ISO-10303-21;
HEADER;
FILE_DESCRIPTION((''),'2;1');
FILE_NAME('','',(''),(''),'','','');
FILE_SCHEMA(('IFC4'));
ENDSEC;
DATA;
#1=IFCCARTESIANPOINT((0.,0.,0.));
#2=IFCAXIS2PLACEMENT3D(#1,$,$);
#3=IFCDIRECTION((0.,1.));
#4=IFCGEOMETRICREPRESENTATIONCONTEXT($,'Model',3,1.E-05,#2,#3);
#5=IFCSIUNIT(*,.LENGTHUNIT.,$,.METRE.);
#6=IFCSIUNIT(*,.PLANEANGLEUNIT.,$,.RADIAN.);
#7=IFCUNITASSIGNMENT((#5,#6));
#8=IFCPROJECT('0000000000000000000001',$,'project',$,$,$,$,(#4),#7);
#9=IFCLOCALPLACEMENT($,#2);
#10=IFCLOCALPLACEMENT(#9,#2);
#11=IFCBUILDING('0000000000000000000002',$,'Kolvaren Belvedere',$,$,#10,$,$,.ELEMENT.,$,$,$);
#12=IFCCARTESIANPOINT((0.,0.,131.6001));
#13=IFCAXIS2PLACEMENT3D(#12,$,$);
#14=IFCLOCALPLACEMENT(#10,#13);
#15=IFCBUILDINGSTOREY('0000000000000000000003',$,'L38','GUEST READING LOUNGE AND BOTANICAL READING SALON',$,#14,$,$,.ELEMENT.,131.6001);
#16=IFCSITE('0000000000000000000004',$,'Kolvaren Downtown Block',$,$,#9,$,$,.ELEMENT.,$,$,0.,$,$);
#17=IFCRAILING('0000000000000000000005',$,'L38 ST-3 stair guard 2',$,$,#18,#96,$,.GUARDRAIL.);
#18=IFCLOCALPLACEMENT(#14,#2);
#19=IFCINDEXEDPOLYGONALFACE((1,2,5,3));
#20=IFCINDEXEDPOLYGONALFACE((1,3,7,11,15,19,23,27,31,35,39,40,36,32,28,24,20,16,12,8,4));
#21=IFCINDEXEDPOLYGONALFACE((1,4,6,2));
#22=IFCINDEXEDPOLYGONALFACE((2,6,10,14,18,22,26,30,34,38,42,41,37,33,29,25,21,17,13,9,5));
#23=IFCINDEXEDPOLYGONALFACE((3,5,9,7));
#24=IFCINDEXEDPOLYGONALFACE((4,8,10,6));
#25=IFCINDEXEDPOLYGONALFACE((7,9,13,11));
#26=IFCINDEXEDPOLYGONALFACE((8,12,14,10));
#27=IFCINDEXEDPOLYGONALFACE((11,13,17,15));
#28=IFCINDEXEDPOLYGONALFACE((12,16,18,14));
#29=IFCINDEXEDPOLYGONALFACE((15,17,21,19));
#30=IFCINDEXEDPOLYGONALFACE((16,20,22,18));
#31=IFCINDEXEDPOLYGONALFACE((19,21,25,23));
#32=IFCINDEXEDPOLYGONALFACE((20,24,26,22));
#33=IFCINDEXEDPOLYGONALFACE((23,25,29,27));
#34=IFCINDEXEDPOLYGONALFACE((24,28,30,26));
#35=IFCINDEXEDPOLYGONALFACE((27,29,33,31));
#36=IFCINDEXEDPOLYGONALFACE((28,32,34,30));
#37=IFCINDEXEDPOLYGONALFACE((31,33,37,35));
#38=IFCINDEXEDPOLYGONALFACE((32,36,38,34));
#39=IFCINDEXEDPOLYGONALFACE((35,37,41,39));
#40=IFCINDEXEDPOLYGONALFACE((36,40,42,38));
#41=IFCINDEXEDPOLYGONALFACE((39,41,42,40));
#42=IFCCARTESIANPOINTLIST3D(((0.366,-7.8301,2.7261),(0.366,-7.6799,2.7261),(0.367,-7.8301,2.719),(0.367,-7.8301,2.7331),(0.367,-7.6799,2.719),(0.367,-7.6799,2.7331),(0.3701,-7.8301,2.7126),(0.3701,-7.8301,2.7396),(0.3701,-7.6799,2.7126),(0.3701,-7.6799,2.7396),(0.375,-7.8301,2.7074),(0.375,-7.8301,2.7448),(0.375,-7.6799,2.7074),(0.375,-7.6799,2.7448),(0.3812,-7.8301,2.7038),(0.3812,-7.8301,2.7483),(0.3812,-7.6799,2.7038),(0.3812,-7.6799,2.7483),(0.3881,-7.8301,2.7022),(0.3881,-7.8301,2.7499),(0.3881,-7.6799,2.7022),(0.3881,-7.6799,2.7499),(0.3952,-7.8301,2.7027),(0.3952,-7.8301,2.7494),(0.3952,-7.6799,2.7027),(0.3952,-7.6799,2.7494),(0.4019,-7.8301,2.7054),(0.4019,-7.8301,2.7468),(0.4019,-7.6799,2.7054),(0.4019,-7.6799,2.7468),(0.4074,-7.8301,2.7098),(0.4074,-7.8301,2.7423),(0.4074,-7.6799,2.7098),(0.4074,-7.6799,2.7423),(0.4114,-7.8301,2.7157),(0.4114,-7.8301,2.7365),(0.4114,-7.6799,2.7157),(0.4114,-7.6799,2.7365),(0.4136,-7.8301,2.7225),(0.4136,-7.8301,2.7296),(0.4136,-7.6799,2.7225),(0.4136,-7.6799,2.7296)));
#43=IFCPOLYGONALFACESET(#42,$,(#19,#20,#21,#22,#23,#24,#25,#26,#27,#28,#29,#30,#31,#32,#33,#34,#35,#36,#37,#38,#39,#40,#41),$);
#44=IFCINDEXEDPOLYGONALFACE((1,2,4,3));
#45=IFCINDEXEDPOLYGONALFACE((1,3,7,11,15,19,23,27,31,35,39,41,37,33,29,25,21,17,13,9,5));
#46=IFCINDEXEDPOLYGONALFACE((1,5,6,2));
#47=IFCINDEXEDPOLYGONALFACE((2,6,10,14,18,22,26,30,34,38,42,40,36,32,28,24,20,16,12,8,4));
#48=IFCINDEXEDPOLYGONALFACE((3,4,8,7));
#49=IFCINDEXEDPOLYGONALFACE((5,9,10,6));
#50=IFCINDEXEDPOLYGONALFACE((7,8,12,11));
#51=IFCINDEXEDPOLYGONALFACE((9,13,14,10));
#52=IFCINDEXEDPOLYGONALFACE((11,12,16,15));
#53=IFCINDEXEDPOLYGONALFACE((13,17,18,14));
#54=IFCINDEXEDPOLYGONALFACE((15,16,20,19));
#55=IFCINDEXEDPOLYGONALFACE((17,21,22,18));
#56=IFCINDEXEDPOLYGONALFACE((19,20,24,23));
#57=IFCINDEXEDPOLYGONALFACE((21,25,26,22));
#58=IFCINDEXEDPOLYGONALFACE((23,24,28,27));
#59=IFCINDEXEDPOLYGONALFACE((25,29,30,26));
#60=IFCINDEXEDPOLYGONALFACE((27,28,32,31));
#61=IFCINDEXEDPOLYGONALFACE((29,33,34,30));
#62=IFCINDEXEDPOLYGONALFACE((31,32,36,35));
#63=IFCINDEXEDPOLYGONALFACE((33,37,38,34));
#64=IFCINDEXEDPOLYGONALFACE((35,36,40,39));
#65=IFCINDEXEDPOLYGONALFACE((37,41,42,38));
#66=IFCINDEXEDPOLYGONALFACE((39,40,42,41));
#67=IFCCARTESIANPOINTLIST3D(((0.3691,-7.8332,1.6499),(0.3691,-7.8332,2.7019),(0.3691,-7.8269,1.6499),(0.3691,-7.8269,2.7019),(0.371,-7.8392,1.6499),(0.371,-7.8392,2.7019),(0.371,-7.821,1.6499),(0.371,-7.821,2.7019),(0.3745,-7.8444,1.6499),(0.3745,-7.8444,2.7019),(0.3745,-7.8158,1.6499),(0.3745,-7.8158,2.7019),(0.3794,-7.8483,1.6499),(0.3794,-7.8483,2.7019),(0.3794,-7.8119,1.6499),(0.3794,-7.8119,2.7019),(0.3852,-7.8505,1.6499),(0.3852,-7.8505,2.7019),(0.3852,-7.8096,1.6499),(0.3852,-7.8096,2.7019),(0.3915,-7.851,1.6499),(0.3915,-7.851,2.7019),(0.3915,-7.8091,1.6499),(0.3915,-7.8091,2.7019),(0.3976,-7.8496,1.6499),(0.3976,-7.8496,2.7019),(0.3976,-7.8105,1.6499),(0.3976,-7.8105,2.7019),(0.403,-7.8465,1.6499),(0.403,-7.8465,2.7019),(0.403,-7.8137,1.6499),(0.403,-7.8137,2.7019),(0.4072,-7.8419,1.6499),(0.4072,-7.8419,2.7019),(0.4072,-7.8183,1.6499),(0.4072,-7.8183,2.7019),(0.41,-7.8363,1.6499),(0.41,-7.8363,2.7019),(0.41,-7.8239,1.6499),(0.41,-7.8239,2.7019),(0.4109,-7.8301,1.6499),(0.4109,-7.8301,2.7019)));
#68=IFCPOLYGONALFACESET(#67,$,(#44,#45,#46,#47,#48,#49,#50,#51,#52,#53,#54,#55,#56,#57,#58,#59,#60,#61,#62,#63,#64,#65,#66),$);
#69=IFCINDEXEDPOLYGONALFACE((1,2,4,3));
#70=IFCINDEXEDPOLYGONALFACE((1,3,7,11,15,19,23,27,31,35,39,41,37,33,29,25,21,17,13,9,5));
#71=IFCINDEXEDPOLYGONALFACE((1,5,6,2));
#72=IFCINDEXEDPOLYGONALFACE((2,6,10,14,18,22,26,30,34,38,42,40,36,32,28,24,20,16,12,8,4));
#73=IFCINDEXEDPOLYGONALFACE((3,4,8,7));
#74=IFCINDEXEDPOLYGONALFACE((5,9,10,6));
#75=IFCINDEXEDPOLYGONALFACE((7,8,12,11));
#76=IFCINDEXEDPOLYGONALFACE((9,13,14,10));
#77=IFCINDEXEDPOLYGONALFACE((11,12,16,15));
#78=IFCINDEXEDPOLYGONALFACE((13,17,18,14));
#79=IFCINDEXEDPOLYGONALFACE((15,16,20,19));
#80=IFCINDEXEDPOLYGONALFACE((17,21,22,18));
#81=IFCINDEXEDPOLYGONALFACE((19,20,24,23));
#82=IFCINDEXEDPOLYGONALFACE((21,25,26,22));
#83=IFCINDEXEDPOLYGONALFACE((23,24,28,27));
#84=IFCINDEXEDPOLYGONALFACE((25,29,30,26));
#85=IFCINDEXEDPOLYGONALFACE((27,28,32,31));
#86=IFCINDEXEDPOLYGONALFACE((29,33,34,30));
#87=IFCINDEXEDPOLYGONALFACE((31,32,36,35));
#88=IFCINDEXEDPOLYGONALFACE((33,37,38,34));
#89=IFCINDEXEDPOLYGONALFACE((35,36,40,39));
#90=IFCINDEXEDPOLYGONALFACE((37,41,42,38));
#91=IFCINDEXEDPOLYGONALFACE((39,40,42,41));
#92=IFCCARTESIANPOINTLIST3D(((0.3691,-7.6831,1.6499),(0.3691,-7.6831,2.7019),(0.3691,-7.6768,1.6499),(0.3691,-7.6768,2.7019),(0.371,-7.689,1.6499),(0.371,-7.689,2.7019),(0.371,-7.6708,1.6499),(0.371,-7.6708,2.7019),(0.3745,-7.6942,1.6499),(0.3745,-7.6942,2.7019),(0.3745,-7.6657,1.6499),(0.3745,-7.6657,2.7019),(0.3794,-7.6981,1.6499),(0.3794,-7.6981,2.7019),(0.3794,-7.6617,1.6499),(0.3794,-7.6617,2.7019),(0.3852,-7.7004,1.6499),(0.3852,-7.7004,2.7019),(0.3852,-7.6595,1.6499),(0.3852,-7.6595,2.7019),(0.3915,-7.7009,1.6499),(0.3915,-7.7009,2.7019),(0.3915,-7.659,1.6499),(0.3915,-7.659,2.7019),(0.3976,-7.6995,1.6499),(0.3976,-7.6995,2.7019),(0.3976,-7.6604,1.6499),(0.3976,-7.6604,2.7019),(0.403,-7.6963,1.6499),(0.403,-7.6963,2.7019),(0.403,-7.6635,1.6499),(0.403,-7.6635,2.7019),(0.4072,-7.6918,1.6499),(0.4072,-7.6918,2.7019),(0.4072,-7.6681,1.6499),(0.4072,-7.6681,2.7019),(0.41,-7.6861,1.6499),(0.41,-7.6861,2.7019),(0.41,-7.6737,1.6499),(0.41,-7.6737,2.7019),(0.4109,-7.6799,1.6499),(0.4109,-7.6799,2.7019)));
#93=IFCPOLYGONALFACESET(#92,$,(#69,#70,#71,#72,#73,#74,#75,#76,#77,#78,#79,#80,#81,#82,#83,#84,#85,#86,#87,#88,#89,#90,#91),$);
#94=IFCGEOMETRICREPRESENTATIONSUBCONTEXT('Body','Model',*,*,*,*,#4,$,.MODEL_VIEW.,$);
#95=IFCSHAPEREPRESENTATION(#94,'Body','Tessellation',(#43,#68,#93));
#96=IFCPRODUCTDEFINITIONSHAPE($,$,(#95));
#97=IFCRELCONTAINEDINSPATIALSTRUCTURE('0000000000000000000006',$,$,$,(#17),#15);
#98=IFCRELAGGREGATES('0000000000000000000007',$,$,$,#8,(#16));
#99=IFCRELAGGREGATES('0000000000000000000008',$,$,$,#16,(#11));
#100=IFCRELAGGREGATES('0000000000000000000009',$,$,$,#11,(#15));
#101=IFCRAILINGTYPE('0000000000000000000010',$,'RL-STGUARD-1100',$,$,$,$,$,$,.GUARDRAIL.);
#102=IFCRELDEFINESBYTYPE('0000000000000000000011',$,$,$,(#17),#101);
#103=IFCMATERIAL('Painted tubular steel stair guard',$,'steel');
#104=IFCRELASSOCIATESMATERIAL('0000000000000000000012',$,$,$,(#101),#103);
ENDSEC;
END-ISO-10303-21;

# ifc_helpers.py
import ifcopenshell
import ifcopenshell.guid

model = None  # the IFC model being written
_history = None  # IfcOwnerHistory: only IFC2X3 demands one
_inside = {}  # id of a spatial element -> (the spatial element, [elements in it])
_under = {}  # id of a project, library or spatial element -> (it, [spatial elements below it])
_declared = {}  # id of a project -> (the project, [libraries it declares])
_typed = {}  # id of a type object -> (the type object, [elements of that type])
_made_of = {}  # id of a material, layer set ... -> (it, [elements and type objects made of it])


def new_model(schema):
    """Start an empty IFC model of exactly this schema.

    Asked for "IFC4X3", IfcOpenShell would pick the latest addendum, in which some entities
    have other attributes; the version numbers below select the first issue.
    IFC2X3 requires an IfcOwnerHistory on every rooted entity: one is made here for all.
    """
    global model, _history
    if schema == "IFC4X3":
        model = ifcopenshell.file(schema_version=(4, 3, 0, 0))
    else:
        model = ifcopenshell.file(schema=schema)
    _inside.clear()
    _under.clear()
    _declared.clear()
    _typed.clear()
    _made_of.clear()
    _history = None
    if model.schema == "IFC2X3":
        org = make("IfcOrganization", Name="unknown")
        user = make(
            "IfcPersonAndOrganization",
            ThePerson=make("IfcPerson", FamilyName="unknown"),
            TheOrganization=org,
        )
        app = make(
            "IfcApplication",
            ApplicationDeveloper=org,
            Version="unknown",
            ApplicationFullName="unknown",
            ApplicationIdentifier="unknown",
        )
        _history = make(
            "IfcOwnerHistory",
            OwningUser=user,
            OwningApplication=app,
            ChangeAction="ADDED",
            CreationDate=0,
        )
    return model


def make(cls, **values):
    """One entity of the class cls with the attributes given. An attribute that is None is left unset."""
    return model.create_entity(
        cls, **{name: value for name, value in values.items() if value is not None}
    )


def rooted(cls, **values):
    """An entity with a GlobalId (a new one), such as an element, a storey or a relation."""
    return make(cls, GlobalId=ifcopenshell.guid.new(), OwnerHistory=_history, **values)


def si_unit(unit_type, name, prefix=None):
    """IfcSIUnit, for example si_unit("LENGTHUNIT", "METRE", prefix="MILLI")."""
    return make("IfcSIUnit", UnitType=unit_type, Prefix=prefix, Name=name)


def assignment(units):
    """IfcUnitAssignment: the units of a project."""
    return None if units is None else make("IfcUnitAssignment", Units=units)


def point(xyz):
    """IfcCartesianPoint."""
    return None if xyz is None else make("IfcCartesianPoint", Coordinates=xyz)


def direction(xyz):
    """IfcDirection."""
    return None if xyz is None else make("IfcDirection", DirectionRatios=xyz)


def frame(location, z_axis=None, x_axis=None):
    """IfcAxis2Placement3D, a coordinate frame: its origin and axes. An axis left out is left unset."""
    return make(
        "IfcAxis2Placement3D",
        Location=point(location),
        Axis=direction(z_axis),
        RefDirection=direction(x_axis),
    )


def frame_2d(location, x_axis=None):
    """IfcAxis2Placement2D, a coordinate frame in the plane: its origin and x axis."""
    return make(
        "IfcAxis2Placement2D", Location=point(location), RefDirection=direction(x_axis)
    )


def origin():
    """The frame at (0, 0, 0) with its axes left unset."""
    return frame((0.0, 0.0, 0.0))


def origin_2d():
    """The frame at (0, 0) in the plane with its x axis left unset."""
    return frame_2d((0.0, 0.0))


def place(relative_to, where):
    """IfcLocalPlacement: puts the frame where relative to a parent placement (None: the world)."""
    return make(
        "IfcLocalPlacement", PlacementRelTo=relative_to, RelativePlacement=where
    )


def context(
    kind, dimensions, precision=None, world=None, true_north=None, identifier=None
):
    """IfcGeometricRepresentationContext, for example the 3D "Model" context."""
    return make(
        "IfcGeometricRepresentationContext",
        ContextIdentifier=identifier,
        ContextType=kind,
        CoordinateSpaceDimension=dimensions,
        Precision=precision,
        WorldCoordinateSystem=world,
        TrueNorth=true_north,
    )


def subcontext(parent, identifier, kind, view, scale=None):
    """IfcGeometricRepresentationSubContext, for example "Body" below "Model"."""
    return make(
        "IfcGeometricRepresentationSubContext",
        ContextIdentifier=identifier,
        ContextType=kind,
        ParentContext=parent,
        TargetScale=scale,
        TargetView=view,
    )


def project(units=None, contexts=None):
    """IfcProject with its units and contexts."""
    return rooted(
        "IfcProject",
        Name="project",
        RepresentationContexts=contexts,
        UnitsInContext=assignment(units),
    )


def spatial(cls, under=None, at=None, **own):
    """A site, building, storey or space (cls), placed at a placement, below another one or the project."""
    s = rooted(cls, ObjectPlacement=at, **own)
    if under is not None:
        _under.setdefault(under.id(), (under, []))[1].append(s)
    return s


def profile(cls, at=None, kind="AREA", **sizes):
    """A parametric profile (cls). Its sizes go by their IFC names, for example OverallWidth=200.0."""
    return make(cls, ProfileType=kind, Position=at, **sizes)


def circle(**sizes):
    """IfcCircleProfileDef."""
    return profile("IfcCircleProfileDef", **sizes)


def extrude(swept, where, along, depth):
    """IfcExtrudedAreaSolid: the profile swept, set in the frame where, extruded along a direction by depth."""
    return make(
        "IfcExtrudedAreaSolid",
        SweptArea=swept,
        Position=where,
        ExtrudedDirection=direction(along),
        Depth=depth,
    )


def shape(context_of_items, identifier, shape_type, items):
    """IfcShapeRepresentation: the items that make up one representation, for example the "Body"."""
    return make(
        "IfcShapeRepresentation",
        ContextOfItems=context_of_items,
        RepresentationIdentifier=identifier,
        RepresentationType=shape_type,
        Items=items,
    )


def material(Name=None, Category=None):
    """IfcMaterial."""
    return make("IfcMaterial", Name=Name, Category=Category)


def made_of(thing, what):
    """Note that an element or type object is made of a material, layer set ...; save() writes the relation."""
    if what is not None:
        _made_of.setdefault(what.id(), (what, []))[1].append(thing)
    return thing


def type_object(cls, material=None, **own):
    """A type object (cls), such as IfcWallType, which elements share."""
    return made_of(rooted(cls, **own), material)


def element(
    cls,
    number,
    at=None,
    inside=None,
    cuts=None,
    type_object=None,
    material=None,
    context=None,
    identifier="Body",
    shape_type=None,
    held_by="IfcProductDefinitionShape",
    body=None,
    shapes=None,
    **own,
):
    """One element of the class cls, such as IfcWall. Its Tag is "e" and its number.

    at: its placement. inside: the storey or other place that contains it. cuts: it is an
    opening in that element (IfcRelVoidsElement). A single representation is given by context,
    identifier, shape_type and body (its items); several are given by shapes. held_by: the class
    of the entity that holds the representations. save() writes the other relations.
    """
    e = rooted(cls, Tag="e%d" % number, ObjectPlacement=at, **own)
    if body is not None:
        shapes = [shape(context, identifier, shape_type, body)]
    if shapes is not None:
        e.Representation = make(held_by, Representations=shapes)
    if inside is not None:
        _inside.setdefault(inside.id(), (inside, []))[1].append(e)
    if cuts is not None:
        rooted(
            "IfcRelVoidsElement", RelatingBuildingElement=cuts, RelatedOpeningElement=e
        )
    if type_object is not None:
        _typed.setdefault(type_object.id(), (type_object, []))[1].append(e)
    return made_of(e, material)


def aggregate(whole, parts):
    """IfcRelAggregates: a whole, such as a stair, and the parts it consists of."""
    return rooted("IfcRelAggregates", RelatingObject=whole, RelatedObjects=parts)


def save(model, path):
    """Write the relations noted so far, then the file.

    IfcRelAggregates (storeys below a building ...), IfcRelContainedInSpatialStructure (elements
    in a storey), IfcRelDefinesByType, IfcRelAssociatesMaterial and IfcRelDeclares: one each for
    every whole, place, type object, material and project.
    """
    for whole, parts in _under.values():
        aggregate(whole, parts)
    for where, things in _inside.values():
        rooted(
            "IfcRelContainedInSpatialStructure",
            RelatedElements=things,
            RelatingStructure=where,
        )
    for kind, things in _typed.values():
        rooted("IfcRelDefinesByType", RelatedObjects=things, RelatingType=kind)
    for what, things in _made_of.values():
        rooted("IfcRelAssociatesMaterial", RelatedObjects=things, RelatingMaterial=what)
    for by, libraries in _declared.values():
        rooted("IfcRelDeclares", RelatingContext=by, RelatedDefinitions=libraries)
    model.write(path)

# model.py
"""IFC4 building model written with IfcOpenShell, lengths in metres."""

from ifc_helpers import new_model, si_unit, direction, frame, origin, origin_2d, place, context, subcontext, project, spatial, circle, extrude, material, type_object, element, save


model = new_model("IFC4")

# Units and contexts
model_context = context("Model", 3, precision=1e-05, world=origin(), true_north=direction((0.0, 1.0)))
body_context = subcontext(model_context, "Body", "Model", "MODEL_VIEW")
ifc_project = project(units=[si_unit("LENGTHUNIT", "METRE"), si_unit("PLANEANGLEUNIT", "RADIAN")], contexts=[model_context])

# Site, building, storey
site_placement = place(None, origin())
site = spatial("IfcSite", under=ifc_project, at=site_placement, Name="Kolvaren Downtown Block", CompositionType="ELEMENT", RefElevation=0.0)
building_placement = place(site_placement, origin())
building = spatial("IfcBuilding", under=site, at=building_placement, Name="Kolvaren Belvedere", CompositionType="ELEMENT")
storey_placement = place(building_placement, frame((0.0, 0.0, 131.6001)))
storey = spatial("IfcBuildingStorey", under=building, at=storey_placement, Name="L38", Description="GUEST READING LOUNGE AND BOTANICAL READING SALON", CompositionType="ELEMENT", Elevation=131.6001)

# Railing
ifc_material_1 = material(Name="Painted tubular steel stair guard", Category="steel")
railing_type_1 = type_object("IfcRailingType", Name="RL-STGUARD-1100", PredefinedType="GUARDRAIL", material=ifc_material_1)
railing_1_placement = place(storey_placement, frame((0.3899, -7.8301, 1.6499)))
element("IfcRailing", 1, at=railing_1_placement, inside=storey, type_object=railing_type_1, Name="L38 ST-3 stair guard 2", PredefinedType="GUARDRAIL", context=body_context, shape_type="SweptSolid", body=[
    extrude(circle(Radius=0.0239, at=origin_2d()), frame((0.0, 0.0, 1.0762), z_axis=(0.0, 1.0, 0.0), x_axis=(-1.0, 0.0, 0.0)), (0.0, 0.0, 1.0), 0.1501),
    extrude(circle(Radius=0.021, at=origin_2d()), origin(), (0.0, 0.0, 1.0), 1.052),
    extrude(circle(Radius=0.021, at=origin_2d()), frame((0.0, 0.1501, 0.0)), (0.0, 0.0, 1.0), 1.052),
])

save(model, "model.ifc")
